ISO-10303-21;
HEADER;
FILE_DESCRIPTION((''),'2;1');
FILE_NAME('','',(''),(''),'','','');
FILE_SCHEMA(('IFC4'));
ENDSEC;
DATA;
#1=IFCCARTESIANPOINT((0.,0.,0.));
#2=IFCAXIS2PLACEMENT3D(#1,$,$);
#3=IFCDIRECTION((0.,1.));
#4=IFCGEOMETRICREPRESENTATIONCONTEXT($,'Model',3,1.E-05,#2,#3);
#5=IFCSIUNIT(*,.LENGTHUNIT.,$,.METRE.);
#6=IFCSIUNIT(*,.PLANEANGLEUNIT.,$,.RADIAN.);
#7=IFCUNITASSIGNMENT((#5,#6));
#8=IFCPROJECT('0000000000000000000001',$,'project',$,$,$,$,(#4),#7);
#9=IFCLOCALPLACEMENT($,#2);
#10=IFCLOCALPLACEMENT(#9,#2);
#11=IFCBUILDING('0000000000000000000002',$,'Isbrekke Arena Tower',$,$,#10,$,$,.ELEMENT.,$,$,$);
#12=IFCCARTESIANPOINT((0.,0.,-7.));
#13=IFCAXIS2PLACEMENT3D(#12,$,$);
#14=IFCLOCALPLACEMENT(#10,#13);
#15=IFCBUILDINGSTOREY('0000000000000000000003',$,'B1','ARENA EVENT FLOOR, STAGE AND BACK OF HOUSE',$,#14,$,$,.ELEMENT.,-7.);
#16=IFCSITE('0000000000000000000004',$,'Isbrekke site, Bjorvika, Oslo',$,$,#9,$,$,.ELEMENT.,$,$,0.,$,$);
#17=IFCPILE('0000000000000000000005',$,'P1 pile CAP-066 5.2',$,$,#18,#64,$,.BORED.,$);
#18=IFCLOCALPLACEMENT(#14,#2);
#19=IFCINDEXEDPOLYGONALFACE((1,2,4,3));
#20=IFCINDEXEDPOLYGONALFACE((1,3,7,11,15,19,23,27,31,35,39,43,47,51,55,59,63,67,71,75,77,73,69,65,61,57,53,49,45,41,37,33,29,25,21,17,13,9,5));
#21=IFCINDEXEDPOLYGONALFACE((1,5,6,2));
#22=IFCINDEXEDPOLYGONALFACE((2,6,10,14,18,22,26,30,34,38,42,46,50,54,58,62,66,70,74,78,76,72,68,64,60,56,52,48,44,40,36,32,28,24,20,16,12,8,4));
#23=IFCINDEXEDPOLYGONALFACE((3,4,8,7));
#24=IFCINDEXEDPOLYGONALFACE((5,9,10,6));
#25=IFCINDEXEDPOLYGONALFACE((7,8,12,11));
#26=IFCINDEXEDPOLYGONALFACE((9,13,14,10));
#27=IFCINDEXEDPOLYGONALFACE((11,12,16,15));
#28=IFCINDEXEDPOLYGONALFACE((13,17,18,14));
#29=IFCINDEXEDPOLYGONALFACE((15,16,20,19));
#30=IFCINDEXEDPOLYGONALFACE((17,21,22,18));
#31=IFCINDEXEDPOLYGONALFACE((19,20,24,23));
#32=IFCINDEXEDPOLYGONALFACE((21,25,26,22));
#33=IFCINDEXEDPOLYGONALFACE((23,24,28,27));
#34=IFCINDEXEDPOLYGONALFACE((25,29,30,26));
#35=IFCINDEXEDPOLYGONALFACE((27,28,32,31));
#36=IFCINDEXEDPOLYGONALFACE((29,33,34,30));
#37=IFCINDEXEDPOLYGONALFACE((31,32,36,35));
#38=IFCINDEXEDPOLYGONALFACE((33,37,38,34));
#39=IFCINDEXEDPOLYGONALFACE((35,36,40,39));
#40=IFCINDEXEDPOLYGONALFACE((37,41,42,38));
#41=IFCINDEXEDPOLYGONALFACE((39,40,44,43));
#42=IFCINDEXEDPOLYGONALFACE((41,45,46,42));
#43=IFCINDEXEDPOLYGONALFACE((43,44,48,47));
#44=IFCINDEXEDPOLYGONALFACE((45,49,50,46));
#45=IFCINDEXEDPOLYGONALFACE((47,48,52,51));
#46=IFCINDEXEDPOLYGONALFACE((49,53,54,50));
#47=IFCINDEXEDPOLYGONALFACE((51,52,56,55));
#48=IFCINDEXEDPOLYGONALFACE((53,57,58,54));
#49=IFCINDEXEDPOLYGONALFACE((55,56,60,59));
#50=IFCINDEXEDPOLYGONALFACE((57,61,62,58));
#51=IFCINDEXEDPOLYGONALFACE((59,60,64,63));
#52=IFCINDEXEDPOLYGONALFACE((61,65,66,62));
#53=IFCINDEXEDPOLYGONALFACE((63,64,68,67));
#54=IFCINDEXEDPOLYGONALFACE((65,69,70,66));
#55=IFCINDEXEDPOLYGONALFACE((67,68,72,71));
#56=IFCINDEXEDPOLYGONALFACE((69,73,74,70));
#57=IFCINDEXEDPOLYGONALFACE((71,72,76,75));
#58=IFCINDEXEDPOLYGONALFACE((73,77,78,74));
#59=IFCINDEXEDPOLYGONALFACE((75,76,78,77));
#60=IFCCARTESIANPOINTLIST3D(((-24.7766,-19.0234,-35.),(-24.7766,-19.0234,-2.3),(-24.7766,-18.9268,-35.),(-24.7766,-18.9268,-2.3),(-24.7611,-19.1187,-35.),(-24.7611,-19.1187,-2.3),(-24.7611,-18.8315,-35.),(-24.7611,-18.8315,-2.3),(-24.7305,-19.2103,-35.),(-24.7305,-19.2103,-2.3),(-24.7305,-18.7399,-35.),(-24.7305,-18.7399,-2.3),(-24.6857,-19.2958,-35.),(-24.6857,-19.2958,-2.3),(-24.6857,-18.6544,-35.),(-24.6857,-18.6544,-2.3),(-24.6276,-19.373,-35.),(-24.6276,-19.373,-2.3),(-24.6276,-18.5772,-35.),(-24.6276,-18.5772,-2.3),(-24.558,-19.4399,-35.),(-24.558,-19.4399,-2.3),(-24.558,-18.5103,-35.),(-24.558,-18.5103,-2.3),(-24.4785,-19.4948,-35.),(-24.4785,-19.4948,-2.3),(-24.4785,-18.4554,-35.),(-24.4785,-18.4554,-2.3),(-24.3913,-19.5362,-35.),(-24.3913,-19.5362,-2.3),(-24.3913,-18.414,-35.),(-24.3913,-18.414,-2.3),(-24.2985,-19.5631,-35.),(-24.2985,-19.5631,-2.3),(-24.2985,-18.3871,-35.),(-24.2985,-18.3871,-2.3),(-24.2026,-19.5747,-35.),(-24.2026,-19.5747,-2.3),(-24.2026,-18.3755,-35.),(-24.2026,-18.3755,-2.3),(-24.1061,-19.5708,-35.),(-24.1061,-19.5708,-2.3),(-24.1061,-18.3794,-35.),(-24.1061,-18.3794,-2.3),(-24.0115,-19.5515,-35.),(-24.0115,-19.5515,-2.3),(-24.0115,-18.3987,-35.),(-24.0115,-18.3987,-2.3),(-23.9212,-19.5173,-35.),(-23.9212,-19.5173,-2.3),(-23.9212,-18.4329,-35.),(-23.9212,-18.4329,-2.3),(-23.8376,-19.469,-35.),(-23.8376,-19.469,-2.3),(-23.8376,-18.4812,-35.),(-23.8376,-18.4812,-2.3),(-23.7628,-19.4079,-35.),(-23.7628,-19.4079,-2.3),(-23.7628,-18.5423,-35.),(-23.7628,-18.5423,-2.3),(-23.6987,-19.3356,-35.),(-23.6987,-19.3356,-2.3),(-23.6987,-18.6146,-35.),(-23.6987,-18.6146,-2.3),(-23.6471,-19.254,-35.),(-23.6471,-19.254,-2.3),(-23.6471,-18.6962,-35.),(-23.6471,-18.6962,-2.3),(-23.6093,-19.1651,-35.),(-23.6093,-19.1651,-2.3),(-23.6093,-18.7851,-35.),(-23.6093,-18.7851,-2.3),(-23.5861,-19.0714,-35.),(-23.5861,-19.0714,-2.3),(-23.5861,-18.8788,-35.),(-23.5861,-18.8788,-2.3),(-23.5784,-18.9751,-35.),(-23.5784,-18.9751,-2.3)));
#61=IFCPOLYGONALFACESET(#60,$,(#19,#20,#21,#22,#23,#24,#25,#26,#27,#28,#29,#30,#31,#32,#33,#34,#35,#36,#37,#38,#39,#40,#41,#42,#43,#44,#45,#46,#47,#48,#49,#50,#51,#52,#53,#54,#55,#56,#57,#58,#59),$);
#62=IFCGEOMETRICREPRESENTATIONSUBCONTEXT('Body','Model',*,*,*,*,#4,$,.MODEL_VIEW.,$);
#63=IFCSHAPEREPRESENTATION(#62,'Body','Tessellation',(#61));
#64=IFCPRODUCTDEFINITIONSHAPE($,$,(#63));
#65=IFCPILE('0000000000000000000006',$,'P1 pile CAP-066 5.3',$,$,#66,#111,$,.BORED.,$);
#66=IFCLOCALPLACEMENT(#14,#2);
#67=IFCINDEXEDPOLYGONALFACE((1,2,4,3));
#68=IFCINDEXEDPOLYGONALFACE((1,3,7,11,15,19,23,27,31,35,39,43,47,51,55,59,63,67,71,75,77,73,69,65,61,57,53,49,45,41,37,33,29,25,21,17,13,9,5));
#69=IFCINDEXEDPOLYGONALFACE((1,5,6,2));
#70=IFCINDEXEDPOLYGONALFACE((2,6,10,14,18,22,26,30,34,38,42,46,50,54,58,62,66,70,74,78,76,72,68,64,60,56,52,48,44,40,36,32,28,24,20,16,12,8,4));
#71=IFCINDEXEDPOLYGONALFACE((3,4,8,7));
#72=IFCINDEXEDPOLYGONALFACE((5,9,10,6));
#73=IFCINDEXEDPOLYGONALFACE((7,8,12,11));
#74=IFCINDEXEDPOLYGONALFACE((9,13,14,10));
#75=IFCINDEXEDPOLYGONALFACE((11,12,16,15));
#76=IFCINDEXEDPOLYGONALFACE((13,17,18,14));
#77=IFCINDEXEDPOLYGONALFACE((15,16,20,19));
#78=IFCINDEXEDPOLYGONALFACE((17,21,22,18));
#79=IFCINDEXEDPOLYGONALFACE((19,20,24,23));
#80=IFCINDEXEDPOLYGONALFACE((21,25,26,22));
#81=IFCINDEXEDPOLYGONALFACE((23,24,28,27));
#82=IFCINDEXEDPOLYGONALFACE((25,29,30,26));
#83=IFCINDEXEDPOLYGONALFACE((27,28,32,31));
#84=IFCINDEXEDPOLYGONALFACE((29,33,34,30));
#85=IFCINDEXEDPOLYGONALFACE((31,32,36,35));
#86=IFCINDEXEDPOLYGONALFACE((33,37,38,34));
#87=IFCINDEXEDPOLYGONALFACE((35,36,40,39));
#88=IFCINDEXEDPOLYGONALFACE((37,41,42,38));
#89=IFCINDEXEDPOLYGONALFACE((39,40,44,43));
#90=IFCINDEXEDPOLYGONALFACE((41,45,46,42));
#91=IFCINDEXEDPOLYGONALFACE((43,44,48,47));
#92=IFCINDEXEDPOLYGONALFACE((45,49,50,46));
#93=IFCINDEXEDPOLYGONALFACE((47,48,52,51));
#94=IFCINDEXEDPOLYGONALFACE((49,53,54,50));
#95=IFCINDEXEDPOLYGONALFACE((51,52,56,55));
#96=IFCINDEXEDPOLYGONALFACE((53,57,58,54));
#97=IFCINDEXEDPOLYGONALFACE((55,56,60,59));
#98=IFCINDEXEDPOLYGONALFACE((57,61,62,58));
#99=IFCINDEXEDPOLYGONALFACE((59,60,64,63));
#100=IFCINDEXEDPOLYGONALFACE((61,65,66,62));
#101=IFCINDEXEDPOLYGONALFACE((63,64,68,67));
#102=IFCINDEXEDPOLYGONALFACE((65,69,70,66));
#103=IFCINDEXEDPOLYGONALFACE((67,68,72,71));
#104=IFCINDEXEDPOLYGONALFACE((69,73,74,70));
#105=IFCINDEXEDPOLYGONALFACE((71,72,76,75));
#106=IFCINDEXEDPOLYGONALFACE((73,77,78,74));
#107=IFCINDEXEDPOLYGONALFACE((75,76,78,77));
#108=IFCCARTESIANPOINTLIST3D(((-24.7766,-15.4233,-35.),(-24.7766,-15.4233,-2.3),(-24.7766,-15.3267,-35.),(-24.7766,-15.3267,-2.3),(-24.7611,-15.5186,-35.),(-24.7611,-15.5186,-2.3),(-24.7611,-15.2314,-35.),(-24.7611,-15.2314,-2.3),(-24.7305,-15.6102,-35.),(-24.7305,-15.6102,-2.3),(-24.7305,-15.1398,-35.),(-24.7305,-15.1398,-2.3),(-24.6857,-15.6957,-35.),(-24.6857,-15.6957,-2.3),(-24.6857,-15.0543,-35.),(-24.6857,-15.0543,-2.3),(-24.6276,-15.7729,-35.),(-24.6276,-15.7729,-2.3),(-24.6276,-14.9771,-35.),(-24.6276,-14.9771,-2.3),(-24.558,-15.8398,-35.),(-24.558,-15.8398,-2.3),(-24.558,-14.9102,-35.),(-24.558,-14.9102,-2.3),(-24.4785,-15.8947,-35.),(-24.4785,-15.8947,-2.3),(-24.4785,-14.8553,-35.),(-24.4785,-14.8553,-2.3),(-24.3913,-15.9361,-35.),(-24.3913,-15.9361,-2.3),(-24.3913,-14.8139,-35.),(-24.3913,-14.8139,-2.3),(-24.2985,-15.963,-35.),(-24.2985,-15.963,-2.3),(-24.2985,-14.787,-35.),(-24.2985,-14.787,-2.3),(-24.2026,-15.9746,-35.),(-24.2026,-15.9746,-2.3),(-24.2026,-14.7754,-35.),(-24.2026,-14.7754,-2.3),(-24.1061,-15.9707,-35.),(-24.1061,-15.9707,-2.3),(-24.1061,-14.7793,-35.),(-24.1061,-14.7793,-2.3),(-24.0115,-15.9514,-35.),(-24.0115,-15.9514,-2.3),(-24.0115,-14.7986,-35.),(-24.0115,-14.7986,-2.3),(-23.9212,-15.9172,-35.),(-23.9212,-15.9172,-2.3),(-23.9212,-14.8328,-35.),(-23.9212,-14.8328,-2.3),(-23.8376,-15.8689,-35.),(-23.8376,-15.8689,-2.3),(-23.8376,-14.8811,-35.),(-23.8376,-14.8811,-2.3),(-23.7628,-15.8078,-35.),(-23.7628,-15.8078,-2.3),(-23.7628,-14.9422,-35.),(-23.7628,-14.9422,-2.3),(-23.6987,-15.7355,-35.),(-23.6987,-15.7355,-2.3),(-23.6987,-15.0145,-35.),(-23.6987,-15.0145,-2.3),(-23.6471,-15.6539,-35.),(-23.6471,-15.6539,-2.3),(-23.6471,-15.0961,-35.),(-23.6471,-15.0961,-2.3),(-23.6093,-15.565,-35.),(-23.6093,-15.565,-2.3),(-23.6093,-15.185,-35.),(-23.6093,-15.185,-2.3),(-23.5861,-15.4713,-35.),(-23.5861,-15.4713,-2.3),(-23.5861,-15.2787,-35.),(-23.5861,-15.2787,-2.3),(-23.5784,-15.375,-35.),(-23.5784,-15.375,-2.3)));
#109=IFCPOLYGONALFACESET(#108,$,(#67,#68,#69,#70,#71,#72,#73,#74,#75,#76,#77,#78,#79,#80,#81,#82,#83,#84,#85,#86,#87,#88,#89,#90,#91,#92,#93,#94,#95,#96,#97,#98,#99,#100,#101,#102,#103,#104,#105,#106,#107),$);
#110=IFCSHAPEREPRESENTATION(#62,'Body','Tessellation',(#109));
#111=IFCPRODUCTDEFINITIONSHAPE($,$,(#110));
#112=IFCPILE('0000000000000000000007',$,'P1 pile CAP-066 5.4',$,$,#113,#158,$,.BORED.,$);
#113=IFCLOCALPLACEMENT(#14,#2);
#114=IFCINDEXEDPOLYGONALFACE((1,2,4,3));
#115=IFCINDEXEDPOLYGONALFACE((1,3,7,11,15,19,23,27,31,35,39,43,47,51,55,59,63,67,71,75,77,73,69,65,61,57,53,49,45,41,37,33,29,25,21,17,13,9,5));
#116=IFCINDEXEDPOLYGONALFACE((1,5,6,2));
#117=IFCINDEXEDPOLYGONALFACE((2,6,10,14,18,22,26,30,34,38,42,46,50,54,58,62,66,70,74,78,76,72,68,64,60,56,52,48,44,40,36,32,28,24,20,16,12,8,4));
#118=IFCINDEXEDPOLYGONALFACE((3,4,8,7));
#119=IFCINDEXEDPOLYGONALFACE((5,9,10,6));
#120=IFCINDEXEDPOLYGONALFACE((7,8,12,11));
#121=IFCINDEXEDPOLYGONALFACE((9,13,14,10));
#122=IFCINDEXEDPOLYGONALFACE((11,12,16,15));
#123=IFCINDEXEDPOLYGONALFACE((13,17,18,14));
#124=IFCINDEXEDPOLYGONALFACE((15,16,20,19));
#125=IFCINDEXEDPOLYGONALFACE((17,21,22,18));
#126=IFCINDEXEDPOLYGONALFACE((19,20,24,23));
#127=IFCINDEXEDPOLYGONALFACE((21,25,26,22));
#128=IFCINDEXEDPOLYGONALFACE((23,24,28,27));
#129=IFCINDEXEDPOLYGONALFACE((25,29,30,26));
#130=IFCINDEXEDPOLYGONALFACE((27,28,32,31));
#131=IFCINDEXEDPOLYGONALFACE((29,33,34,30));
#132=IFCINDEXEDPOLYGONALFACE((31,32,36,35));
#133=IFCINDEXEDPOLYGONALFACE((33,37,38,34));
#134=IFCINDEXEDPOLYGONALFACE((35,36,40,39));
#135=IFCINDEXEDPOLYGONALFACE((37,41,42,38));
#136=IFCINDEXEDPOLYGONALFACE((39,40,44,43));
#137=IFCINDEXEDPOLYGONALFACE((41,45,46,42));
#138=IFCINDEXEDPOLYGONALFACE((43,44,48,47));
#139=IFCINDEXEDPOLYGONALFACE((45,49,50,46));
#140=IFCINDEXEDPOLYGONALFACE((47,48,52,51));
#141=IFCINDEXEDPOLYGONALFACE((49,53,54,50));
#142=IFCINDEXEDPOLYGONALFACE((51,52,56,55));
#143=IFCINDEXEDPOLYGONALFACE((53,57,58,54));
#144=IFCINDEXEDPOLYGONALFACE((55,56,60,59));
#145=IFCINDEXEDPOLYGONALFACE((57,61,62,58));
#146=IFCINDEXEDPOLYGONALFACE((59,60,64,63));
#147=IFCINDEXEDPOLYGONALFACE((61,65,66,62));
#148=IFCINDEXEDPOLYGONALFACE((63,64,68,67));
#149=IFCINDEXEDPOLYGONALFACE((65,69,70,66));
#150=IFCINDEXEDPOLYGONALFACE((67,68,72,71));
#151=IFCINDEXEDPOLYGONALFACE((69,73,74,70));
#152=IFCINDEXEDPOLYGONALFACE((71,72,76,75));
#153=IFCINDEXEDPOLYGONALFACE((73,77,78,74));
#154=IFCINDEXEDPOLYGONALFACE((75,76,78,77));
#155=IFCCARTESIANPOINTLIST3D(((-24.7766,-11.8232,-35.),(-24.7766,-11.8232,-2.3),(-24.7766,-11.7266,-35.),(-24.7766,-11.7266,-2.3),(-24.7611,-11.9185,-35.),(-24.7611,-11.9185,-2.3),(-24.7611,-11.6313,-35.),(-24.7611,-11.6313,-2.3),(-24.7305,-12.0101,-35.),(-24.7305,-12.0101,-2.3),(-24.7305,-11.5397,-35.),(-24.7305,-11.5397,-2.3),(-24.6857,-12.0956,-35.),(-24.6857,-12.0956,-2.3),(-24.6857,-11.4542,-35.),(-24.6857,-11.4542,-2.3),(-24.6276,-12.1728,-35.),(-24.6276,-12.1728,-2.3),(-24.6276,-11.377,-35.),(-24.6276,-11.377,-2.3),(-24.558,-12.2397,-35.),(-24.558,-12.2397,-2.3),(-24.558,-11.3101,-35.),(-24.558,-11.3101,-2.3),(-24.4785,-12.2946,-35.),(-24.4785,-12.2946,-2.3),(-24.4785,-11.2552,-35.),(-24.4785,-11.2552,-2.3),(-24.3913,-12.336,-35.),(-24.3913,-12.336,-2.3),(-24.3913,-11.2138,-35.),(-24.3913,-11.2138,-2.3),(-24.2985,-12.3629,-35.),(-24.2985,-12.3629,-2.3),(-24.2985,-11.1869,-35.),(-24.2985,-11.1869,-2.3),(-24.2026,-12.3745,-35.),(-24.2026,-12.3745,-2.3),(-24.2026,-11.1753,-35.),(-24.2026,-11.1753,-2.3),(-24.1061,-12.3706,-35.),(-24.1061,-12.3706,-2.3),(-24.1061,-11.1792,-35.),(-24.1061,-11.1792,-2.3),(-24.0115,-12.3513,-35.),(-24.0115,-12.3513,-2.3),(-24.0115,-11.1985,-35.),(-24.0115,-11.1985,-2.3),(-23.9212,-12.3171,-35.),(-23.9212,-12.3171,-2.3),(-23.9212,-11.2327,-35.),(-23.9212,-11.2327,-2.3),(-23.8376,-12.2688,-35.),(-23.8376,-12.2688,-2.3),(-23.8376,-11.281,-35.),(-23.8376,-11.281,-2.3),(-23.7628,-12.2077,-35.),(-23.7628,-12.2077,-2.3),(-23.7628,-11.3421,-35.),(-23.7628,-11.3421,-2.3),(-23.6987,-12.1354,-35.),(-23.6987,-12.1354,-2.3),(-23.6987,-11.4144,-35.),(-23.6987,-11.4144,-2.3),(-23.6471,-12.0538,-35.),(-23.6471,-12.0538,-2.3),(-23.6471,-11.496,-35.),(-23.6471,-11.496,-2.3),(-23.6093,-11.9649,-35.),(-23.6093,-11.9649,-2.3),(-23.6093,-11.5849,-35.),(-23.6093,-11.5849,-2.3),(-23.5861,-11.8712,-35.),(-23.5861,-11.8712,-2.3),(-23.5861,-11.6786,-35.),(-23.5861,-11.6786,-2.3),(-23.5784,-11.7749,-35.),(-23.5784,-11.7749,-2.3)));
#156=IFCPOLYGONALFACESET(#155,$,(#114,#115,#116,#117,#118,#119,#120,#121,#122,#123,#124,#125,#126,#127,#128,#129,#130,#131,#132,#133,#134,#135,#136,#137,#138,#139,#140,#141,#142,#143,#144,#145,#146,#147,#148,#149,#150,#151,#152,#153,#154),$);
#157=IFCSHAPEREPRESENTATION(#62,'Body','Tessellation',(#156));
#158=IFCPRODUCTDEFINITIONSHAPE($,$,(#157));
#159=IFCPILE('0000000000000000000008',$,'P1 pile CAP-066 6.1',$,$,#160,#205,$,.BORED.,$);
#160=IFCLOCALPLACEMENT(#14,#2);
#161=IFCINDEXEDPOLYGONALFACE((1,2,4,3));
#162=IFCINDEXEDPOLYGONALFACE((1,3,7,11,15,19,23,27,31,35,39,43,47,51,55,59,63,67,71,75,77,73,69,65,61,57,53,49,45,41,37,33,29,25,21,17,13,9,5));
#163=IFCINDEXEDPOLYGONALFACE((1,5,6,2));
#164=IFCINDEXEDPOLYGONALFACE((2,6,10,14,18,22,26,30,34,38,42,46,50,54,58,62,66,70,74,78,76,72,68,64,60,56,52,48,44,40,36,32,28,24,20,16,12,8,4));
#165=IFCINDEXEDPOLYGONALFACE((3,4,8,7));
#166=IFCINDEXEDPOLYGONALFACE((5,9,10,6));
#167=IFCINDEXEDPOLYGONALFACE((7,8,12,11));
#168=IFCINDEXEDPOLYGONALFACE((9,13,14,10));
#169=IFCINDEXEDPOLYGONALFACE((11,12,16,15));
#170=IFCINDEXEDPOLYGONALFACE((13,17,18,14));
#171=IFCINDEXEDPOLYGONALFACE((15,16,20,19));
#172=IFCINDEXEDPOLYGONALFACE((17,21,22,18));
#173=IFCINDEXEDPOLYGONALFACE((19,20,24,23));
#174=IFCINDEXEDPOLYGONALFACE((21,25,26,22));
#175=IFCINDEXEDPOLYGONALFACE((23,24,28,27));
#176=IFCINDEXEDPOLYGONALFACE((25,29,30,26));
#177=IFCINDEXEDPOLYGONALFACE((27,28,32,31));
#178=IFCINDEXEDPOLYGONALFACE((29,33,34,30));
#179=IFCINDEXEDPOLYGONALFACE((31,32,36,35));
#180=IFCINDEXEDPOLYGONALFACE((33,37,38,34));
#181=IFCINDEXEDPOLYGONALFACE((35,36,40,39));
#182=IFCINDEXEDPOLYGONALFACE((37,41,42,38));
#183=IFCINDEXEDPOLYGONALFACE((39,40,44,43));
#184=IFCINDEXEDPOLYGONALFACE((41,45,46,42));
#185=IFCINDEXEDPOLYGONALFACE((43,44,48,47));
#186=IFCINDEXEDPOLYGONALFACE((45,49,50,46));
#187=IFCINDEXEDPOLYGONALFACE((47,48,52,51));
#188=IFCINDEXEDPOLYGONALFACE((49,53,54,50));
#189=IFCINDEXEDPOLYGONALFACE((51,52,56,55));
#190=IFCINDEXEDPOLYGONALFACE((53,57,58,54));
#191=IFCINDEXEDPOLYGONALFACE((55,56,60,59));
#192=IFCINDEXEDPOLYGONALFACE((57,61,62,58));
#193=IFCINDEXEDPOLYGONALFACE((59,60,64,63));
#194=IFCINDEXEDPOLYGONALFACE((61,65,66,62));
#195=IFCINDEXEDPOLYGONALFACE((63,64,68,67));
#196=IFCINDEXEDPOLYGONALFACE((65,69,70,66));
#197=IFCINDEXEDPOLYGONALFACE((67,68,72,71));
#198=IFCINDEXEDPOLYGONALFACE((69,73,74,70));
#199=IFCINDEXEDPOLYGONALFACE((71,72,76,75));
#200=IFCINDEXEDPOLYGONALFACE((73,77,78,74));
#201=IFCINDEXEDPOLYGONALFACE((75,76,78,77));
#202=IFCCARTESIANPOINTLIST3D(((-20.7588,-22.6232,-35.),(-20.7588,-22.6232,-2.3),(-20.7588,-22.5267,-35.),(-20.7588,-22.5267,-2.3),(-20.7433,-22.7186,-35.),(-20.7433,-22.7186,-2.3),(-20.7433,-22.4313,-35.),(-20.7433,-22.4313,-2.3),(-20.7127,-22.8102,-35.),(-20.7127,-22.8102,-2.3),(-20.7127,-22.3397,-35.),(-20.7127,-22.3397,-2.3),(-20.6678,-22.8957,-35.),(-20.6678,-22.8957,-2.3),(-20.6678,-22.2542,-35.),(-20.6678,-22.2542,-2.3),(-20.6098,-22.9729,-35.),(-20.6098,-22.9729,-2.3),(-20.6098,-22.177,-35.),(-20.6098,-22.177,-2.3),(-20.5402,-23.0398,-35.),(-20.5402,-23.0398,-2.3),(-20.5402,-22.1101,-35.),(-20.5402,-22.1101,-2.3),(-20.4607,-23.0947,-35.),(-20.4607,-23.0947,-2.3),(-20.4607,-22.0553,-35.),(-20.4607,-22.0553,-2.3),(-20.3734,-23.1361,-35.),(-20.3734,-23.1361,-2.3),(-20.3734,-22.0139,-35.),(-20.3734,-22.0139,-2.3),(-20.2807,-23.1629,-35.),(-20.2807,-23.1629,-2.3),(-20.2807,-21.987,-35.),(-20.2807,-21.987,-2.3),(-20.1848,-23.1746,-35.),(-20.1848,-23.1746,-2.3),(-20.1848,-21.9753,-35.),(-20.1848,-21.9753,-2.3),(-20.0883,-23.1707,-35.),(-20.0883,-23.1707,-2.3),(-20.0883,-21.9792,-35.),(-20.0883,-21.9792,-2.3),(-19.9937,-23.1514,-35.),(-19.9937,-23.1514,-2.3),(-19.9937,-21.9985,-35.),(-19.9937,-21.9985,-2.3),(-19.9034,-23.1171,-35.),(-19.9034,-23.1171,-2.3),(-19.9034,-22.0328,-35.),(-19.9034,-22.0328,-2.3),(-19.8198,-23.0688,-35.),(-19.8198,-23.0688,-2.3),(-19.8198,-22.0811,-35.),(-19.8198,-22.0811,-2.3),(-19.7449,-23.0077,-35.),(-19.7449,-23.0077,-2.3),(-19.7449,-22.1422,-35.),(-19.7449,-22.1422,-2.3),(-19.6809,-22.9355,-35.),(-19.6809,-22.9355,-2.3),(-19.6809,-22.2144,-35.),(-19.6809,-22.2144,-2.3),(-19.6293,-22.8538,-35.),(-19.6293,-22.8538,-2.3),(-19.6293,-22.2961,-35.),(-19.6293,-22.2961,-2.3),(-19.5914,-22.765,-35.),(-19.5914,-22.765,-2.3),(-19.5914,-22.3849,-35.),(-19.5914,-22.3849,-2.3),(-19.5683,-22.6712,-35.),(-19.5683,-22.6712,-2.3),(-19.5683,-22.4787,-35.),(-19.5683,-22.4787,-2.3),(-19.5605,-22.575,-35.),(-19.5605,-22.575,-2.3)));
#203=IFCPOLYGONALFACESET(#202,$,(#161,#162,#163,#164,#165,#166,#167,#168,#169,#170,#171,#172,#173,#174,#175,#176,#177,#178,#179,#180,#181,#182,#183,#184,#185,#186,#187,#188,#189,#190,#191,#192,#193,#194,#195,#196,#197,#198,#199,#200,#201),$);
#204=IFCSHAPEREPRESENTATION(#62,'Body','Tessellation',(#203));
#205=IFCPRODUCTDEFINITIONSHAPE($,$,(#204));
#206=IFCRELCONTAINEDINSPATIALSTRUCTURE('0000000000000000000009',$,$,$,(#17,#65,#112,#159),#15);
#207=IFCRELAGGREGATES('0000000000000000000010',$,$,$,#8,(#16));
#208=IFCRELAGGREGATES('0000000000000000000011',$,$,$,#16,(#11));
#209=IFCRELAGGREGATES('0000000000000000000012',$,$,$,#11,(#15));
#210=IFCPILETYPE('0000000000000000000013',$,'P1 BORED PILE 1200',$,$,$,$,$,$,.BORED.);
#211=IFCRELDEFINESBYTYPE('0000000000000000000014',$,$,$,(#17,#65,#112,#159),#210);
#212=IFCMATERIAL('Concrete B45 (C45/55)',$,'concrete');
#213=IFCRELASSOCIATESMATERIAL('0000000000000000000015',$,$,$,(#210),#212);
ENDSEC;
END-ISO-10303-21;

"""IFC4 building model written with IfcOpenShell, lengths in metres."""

from ifc_helpers import new_model, si_unit, direction, frame, origin, origin_2d, place, context, subcontext, project, spatial, circle, extrude, material, material_profile, profile_set, type_object, element, save


model = new_model("IFC4")

# Units and contexts
model_context = context("Model", 3, precision=1e-05, world=origin(), true_north=direction((0.0, 1.0)))
body_context = subcontext(model_context, "Body", "Model", "MODEL_VIEW")
ifc_project = project(units=[si_unit("LENGTHUNIT", "METRE"), si_unit("PLANEANGLEUNIT", "RADIAN")], contexts=[model_context])

# Site, building, storey
site_placement = place(None, origin())
site = spatial("IfcSite", under=ifc_project, at=site_placement, Name="Isbrekke site, Bjorvika, Oslo", CompositionType="ELEMENT", RefElevation=0.0)
building_placement = place(site_placement, origin())
building = spatial("IfcBuilding", under=site, at=building_placement, Name="Isbrekke Arena Tower", CompositionType="ELEMENT")
storey_placement = place(building_placement, frame((0.0, 0.0, -7.0)))
storey = spatial("IfcBuildingStorey", under=building, at=storey_placement, Name="B1", Description="ARENA EVENT FLOOR, STAGE AND BACK OF HOUSE", CompositionType="ELEMENT", Elevation=-7.0)

# Piles
ifc_material_1 = material(Name="Concrete B45 (C45/55)", Category="concrete")
ifc_material_profile_1 = material_profile(ifc_material_1, circle(Radius=0.6001, at=origin_2d()), Name="BORED PILE D1200")
ifc_profile_set_1 = profile_set([ifc_material_profile_1], Name="Concrete B45 (C45/55)")
pile_type = type_object("IfcPileType", Name="P1 BORED PILE 1200", PredefinedType="BORED", material=ifc_profile_set_1)
for number, where, z_axis, x_axis, name in (
    (1, (-24.1785, -18.9751, -2.3), (0.0, 0.0, -1.0), (1.0, 0.0, 0.0), "P1 pile CAP-066 5.2"),
    (2, (-24.1785, -15.375, -2.3), (0.0, 0.0, -1.0), (1.0, 0.0, 0.0), "P1 pile CAP-066 5.3"),
    (3, (-24.1785, -11.7749, -2.3), (0.0, 0.0, -1.0), (1.0, 0.0, 0.0), "P1 pile CAP-066 5.4"),
    (4, (-20.1606, -22.575, -2.3), (0.0, 0.0, -1.0), (1.0, 0.0, 0.0), "P1 pile CAP-066 6.1"),
):
    element("IfcPile", number, at=place(storey_placement, frame(where, z_axis=z_axis, x_axis=x_axis)), inside=storey, type_object=pile_type, Name=name, PredefinedType="BORED", context=body_context, shape_type="SweptSolid", body=[
        extrude(circle(Radius=0.6001, at=origin_2d()), origin(), (0.0, 0.0, 1.0), 32.7),
    ])

save(model, "model.ifc")
